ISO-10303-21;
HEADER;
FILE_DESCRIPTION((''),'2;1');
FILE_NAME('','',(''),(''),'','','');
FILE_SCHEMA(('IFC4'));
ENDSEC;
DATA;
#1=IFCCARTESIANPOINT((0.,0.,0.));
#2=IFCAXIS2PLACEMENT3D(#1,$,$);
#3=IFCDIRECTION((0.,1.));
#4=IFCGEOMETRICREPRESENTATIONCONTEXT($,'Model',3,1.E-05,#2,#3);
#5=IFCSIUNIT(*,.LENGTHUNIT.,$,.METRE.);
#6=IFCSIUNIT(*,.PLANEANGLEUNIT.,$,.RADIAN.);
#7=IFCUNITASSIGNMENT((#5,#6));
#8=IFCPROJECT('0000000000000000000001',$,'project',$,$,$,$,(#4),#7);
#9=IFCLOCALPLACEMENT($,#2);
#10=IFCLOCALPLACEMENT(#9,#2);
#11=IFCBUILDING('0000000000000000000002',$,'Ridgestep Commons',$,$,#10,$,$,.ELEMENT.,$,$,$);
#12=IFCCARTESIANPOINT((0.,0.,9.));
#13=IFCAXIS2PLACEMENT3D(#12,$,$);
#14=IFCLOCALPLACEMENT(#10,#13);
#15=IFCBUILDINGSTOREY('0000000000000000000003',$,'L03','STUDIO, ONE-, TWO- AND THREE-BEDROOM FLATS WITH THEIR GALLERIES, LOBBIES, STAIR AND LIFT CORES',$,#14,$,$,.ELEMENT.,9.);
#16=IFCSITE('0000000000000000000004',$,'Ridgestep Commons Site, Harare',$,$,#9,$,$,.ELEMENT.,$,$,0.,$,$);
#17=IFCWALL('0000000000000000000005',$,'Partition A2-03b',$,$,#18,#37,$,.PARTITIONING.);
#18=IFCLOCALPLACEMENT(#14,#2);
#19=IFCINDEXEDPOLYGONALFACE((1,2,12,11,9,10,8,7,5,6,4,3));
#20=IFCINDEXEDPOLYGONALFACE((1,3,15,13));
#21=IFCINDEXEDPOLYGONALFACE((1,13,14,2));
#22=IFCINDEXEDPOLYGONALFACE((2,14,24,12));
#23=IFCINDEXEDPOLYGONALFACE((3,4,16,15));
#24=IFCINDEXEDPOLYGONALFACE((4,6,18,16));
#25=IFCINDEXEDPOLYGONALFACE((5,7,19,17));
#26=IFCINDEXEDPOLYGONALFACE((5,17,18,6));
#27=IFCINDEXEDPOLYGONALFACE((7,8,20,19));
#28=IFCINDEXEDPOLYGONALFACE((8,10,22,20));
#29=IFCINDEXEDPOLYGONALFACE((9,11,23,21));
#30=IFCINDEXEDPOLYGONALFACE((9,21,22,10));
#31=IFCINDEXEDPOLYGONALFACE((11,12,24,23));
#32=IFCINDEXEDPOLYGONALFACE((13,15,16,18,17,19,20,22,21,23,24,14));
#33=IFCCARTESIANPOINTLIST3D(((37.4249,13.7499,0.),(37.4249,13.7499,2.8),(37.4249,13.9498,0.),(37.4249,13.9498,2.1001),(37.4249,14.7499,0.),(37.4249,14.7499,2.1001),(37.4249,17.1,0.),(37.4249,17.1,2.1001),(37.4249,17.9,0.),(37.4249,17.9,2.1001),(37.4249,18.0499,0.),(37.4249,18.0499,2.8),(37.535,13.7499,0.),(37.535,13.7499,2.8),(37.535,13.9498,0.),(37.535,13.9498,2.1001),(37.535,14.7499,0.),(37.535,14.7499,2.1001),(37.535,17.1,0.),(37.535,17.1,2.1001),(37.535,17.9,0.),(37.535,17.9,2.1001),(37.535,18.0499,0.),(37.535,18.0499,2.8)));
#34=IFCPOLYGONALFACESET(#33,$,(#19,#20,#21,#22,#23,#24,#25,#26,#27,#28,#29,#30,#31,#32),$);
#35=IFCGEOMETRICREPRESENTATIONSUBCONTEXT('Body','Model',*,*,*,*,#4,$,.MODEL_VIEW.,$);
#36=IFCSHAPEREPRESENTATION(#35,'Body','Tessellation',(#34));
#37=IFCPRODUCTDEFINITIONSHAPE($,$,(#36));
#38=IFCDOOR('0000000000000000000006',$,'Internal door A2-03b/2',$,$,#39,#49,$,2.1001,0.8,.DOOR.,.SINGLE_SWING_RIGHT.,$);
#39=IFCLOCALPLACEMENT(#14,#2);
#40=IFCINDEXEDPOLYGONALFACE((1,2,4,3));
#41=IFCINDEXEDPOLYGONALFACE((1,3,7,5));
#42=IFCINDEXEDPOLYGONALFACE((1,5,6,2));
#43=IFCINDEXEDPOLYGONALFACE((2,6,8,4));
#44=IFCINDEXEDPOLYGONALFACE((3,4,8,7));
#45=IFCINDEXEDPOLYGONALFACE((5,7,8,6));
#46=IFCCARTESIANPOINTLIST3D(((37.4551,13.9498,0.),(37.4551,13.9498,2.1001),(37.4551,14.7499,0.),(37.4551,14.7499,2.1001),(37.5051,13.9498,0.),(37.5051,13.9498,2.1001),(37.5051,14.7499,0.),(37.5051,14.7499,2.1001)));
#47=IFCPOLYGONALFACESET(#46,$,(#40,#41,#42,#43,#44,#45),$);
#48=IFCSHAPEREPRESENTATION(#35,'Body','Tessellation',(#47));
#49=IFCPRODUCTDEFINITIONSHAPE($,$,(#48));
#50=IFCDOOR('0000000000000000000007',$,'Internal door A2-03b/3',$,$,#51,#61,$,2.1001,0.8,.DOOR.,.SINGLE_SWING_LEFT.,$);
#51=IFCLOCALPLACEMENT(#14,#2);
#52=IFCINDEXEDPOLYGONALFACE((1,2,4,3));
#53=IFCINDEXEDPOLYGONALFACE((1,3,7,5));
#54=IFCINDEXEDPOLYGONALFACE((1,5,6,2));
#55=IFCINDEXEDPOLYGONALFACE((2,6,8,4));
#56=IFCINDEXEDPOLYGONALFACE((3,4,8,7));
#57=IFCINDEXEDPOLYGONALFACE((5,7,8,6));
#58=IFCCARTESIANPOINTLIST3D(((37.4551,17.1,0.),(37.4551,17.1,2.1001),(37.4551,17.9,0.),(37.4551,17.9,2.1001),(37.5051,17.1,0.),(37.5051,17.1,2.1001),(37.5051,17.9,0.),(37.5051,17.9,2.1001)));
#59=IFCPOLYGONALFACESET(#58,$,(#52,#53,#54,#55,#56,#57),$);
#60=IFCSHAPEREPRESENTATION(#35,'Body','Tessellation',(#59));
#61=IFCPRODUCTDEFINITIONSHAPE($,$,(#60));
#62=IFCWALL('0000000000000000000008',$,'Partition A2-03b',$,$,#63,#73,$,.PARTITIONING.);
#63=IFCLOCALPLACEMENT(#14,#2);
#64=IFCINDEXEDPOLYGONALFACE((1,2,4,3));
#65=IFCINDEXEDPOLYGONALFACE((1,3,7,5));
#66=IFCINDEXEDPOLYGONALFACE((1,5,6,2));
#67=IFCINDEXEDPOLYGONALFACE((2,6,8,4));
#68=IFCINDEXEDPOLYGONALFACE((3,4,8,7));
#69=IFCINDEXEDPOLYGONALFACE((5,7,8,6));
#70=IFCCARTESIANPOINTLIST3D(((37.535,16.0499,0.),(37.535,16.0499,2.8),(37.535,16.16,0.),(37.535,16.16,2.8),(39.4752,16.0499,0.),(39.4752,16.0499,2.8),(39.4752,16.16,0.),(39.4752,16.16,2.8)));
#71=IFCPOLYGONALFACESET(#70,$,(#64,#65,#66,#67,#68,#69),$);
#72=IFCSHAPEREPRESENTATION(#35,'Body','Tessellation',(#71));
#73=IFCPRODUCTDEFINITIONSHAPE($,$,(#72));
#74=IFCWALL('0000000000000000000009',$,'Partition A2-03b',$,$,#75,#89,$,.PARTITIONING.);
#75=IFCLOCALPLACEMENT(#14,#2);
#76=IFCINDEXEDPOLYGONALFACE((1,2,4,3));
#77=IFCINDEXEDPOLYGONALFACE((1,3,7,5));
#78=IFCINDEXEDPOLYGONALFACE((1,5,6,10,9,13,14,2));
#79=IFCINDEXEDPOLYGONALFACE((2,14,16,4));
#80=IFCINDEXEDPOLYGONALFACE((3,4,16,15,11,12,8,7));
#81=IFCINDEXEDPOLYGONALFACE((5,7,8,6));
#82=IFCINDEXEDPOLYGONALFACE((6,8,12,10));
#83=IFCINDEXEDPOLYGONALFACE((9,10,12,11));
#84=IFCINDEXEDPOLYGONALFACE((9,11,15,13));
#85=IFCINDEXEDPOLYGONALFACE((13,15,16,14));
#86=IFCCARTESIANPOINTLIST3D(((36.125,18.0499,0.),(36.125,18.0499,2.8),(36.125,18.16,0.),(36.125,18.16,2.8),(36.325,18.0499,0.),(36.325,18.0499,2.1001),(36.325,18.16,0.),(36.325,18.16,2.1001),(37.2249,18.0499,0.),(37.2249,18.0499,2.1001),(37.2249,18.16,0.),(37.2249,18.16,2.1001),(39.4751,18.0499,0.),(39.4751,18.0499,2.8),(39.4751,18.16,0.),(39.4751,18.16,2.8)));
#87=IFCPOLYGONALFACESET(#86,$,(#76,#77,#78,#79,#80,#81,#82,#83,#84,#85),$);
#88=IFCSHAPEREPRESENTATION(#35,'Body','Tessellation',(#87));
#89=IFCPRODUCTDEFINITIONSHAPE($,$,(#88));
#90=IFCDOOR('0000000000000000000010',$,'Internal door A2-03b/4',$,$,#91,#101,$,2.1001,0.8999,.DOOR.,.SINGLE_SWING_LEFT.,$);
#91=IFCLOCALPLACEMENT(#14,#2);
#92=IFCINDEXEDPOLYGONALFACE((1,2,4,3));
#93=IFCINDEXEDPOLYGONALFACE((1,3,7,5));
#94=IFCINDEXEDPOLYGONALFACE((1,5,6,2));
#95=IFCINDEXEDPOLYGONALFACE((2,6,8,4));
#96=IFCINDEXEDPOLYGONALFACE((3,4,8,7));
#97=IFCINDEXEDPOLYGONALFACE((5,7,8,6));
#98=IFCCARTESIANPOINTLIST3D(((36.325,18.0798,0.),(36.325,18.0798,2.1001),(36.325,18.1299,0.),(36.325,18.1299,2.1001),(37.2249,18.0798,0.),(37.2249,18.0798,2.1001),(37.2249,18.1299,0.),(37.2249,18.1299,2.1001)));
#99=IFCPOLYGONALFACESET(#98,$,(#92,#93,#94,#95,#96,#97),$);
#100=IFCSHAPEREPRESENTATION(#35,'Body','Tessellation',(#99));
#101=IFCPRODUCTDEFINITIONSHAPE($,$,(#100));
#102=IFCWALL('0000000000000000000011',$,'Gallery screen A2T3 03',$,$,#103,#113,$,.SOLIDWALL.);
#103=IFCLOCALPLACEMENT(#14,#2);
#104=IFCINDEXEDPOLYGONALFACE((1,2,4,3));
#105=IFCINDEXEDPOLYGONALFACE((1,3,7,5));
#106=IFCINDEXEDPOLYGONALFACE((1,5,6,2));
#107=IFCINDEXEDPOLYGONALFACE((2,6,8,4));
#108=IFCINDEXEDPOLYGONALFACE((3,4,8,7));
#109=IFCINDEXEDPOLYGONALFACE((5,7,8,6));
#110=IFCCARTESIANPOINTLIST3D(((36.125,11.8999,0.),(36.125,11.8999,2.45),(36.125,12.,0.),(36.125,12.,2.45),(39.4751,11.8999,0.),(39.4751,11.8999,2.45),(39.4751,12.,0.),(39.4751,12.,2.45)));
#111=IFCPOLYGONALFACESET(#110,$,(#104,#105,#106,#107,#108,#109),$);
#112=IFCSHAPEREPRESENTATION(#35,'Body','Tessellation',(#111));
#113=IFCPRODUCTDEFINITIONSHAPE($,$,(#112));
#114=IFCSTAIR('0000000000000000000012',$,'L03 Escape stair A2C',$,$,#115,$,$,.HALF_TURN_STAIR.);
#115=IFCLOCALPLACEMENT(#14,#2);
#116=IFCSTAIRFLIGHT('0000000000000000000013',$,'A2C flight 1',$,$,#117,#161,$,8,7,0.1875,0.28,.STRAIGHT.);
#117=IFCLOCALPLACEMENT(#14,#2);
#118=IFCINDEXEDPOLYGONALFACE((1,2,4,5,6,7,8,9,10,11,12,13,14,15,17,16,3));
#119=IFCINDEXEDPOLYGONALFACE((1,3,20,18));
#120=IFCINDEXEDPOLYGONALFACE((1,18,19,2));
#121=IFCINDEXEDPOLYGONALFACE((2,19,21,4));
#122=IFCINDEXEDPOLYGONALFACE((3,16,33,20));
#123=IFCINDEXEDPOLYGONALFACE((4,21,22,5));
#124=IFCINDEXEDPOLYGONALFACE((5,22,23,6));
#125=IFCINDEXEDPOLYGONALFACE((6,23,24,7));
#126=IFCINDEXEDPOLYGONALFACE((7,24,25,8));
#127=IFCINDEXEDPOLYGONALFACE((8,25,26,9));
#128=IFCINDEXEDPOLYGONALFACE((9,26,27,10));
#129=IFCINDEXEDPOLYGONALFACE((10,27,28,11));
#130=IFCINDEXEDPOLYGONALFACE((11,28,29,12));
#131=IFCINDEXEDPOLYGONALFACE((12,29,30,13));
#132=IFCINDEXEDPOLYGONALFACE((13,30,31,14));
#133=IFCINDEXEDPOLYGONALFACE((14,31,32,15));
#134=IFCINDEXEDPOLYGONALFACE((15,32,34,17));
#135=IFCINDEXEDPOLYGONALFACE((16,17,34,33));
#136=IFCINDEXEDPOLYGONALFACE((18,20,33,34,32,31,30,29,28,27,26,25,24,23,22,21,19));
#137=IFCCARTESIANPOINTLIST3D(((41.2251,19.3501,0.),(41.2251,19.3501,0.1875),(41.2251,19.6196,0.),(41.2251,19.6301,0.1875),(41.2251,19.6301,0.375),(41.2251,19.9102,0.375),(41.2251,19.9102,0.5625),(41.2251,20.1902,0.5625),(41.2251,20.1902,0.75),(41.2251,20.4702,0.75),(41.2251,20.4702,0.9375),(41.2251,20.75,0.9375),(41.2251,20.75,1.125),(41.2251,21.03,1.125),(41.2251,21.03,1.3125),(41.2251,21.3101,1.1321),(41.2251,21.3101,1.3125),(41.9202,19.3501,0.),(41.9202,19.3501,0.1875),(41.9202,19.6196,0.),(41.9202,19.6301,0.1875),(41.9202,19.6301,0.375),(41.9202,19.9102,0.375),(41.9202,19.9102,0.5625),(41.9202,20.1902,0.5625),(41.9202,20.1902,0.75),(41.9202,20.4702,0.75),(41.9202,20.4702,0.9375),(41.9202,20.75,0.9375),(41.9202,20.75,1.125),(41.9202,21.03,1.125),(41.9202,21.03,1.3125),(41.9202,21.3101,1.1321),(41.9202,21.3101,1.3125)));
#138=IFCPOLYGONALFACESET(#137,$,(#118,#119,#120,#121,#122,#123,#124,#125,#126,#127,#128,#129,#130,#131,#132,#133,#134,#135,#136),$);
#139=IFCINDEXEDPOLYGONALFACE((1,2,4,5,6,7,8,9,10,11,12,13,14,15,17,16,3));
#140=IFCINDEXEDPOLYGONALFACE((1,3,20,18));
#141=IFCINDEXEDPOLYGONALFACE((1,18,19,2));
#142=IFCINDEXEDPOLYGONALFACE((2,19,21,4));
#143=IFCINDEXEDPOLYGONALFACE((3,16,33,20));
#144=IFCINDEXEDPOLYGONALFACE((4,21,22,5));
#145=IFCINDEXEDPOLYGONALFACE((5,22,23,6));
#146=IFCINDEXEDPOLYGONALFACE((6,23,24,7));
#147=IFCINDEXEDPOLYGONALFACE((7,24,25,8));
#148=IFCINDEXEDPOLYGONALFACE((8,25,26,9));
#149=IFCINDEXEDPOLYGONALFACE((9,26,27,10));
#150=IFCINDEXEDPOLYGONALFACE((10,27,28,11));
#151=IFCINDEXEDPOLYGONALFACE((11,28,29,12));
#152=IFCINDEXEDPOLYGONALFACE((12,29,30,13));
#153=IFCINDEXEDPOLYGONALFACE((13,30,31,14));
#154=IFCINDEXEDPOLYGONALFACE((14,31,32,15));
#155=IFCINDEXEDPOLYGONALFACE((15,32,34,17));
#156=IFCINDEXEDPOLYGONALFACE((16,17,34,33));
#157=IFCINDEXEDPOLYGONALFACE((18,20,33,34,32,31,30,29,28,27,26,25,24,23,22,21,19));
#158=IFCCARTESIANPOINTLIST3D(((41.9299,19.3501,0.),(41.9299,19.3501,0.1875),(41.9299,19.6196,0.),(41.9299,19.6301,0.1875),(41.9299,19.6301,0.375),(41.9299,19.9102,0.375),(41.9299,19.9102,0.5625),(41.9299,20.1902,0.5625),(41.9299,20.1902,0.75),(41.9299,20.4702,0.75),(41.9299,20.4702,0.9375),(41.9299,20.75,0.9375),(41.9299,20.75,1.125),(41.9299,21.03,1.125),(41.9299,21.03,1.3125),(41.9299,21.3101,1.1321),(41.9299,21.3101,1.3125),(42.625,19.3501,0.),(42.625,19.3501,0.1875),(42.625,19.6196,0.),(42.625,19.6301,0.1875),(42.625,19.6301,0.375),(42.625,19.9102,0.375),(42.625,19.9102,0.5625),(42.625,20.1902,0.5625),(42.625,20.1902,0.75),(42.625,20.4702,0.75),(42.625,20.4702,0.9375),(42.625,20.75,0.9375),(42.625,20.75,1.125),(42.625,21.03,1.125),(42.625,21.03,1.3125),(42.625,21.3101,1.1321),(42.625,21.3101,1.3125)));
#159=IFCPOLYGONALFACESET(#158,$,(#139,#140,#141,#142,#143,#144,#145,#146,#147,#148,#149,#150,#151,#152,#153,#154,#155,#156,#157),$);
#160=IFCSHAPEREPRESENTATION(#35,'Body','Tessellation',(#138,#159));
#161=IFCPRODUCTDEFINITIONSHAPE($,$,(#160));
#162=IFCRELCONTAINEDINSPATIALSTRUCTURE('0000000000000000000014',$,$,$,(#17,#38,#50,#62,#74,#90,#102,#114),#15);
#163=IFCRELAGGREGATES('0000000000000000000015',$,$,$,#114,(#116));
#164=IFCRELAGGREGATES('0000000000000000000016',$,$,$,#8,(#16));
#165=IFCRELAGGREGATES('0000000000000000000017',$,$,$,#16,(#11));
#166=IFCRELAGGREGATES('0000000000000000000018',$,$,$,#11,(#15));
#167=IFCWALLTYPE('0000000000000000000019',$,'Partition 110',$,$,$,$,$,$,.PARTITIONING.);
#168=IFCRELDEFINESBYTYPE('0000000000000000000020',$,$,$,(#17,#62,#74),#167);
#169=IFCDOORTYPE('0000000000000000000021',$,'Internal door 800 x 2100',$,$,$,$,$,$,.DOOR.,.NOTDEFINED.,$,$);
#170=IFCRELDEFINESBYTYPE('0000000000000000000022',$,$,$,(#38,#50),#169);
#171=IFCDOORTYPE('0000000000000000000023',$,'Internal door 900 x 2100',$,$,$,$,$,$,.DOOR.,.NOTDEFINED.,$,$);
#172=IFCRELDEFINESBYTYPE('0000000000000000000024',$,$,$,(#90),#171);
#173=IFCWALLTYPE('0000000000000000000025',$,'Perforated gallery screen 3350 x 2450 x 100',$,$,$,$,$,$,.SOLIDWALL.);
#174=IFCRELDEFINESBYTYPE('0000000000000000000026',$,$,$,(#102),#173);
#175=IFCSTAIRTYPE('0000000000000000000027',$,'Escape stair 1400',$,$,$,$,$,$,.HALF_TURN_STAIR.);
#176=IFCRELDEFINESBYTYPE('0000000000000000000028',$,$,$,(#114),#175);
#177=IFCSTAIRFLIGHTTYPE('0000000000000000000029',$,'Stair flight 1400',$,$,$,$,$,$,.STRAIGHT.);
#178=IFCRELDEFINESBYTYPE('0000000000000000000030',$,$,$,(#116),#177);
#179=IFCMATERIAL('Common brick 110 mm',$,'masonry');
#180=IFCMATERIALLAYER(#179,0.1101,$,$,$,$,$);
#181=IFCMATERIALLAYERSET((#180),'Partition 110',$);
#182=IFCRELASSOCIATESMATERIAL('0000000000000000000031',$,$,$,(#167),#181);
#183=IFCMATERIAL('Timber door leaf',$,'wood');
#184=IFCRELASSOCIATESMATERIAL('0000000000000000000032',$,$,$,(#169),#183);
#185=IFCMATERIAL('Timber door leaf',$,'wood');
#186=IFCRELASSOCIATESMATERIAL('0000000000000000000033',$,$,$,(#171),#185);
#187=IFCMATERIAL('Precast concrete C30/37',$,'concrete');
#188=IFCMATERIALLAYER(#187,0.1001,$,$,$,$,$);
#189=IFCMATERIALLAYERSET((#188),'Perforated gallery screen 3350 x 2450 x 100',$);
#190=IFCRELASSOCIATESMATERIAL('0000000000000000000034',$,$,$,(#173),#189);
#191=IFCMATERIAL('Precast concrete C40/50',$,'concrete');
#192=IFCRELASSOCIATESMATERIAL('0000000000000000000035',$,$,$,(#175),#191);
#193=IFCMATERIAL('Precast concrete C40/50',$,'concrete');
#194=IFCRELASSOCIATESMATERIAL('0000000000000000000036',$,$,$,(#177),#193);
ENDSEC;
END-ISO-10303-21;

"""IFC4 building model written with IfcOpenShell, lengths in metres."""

from ifc_helpers import new_model, si_unit, direction, frame, frame_2d, origin, place, context, subcontext, project, spatial, polyline, rectangle, outline, extrude, material, layer, layer_set, type_object, element, fill, aggregate, save


model = new_model("IFC4")

# Units and contexts
model_context = context("Model", 3, precision=1e-05, world=origin(), true_north=direction((0.0, 1.0)))
body_context = subcontext(model_context, "Body", "Model", "MODEL_VIEW")
ifc_project = project(units=[si_unit("LENGTHUNIT", "METRE"), si_unit("PLANEANGLEUNIT", "RADIAN")], contexts=[model_context])

# Site, building, storey
site_placement = place(None, origin())
site = spatial("IfcSite", under=ifc_project, at=site_placement, Name="Ridgestep Commons Site, Harare", CompositionType="ELEMENT", RefElevation=0.0)
building_placement = place(site_placement, origin())
building = spatial("IfcBuilding", under=site, at=building_placement, Name="Ridgestep Commons", CompositionType="ELEMENT")
storey_placement = place(building_placement, frame((0.0, 0.0, 9.0)))
storey = spatial("IfcBuildingStorey", under=building, at=storey_placement, Name="L03", Description="STUDIO, ONE-, TWO- AND THREE-BEDROOM FLATS WITH THEIR GALLERIES, LOBBIES, STAIR AND LIFT CORES", CompositionType="ELEMENT", Elevation=9.0)

# Wall, openings, doors
ifc_material_1 = material(Name="Common brick 110 mm", Category="masonry")
ifc_layer_1 = layer(ifc_material_1, 0.1101)
ifc_layer_set_1 = layer_set([ifc_layer_1], Name="Partition 110")
wall_type_1 = type_object("IfcWallType", Name="Partition 110", PredefinedType="PARTITIONING", material=ifc_layer_set_1)
wall_1_placement = place(storey_placement, frame((37.48, 13.75, 0.0), z_axis=(0.0, 0.0, 1.0), x_axis=(0.0, 1.0, 0.0)))
wall_1 = element("IfcWall", 1, at=wall_1_placement, inside=storey, type_object=wall_type_1, Name="Partition A2-03b", PredefinedType="PARTITIONING", context=body_context, shape_type="SweptSolid", body=[
    extrude(rectangle(XDim=4.3, YDim=0.1101, at=frame_2d((2.1499, 0.0))), origin(), (0.0, 0.0, 1.0), 2.8),
])
opening_1_placement = place(wall_1_placement, frame((0.2, 0.0, 0.0)))
opening_1 = element("IfcOpeningElement", 2, at=opening_1_placement, cuts=wall_1, PredefinedType="OPENING", context=body_context, shape_type="SweptSolid", body=[
    extrude(rectangle(XDim=0.8, YDim=2.1001, at=frame_2d((0.3999, 1.05))), frame((0.0, 0.0649, 0.0), z_axis=(0.0, -1.0, 0.0), x_axis=(1.0, 0.0, 0.0)), (0.0, 0.0, 1.0), 0.1301),
])
opening_2_placement = place(wall_1_placement, frame((3.3501, 0.0, 0.0)))
opening_2 = element("IfcOpeningElement", 3, at=opening_2_placement, cuts=wall_1, PredefinedType="OPENING", context=body_context, shape_type="SweptSolid", body=[
    extrude(rectangle(XDim=0.8, YDim=2.1001, at=frame_2d((0.3999, 1.05))), frame((0.0, 0.0649, 0.0), z_axis=(0.0, -1.0, 0.0), x_axis=(1.0, 0.0, 0.0)), (0.0, 0.0, 1.0), 0.1301),
])
ifc_material_2 = material(Name="Timber door leaf", Category="wood")
door_type_1 = type_object("IfcDoorType", Name="Internal door 800 x 2100", OperationType="NOTDEFINED", PredefinedType="DOOR", material=ifc_material_2)
door_1_placement = place(opening_1_placement, origin())
door_1 = element("IfcDoor", 4, at=door_1_placement, inside=storey, type_object=door_type_1, Name="Internal door A2-03b/2", OperationType="SINGLE_SWING_RIGHT", OverallHeight=2.1001, OverallWidth=0.8, PredefinedType="DOOR", context=body_context, shape_type="SweptSolid", body=[
    extrude(rectangle(XDim=0.8, YDim=2.1001, at=frame_2d((0.3999, 1.05))), frame((0.0, 0.0249, 0.0), z_axis=(0.0, -1.0, 0.0), x_axis=(1.0, 0.0, 0.0)), (0.0, 0.0, 1.0), 0.05),
])
fill(opening_1, door_1)
door_2_placement = place(opening_2_placement, origin())
door_2 = element("IfcDoor", 5, at=door_2_placement, inside=storey, type_object=door_type_1, Name="Internal door A2-03b/3", OperationType="SINGLE_SWING_LEFT", OverallHeight=2.1001, OverallWidth=0.8, PredefinedType="DOOR", context=body_context, shape_type="SweptSolid", body=[
    extrude(rectangle(XDim=0.8, YDim=2.1001, at=frame_2d((0.3999, 1.05))), frame((0.0, 0.0249, 0.0), z_axis=(0.0, -1.0, 0.0), x_axis=(1.0, 0.0, 0.0)), (0.0, 0.0, 1.0), 0.05),
])
fill(opening_2, door_2)

# Wall
wall_2_placement = place(storey_placement, frame((37.5349, 16.105, 0.0), z_axis=(0.0, 0.0, 1.0), x_axis=(1.0, 0.0, 0.0)))
element("IfcWall", 6, at=wall_2_placement, inside=storey, type_object=wall_type_1, Name="Partition A2-03b", PredefinedType="PARTITIONING", context=body_context, shape_type="SweptSolid", body=[
    extrude(rectangle(XDim=1.9402, YDim=0.1101, at=frame_2d((0.9702, 0.0))), origin(), (0.0, 0.0, 1.0), 2.8),
])

# Wall, opening, door
wall_3_placement = place(storey_placement, frame((36.125, 18.105, 0.0), z_axis=(0.0, 0.0, 1.0), x_axis=(1.0, 0.0, 0.0)))
wall_3 = element("IfcWall", 7, at=wall_3_placement, inside=storey, type_object=wall_type_1, Name="Partition A2-03b", PredefinedType="PARTITIONING", context=body_context, shape_type="SweptSolid", body=[
    extrude(rectangle(XDim=3.3501, YDim=0.1101, at=frame_2d((1.675, 0.0))), origin(), (0.0, 0.0, 1.0), 2.8),
])
opening_3_placement = place(wall_3_placement, frame((0.2, 0.0, 0.0)))
opening_3 = element("IfcOpeningElement", 8, at=opening_3_placement, cuts=wall_3, PredefinedType="OPENING", context=body_context, shape_type="SweptSolid", body=[
    extrude(rectangle(XDim=0.8999, YDim=2.1001, at=frame_2d((0.45, 1.05))), frame((0.0, 0.0649, 0.0), z_axis=(0.0, -1.0, 0.0), x_axis=(1.0, 0.0, 0.0)), (0.0, 0.0, 1.0), 0.1301),
])
ifc_material_3 = material(Name="Timber door leaf", Category="wood")
door_type_2 = type_object("IfcDoorType", Name="Internal door 900 x 2100", OperationType="NOTDEFINED", PredefinedType="DOOR", material=ifc_material_3)
door_3_placement = place(opening_3_placement, origin())
door_3 = element("IfcDoor", 9, at=door_3_placement, inside=storey, type_object=door_type_2, Name="Internal door A2-03b/4", OperationType="SINGLE_SWING_LEFT", OverallHeight=2.1001, OverallWidth=0.8999, PredefinedType="DOOR", context=body_context, shape_type="SweptSolid", body=[
    extrude(rectangle(XDim=0.8999, YDim=2.1001, at=frame_2d((0.45, 1.05))), frame((0.0, 0.0249, 0.0), z_axis=(0.0, -1.0, 0.0), x_axis=(1.0, 0.0, 0.0)), (0.0, 0.0, 1.0), 0.05),
])
fill(opening_3, door_3)

# Wall
ifc_material_4 = material(Name="Precast concrete C30/37", Category="concrete")
ifc_layer_2 = layer(ifc_material_4, 0.1001)
ifc_layer_set_2 = layer_set([ifc_layer_2], Name="Perforated gallery screen 3350 x 2450 x 100")
wall_type_2 = type_object("IfcWallType", Name="Perforated gallery screen 3350 x 2450 x 100", PredefinedType="SOLIDWALL", material=ifc_layer_set_2)
wall_4_placement = place(storey_placement, frame((36.125, 11.95, 0.0), z_axis=(0.0, 0.0, 1.0), x_axis=(1.0, 0.0, 0.0)))
element("IfcWall", 10, at=wall_4_placement, inside=storey, type_object=wall_type_2, Name="Gallery screen A2T3 03", PredefinedType="SOLIDWALL", context=body_context, shape_type="SweptSolid", body=[
    extrude(rectangle(XDim=3.3501, YDim=0.1001, at=frame_2d((1.675, 0.0))), origin(), (0.0, 0.0, 1.0), 2.45),
])

# Stair, stair flight
ifc_material_5 = material(Name="Precast concrete C40/50", Category="concrete")
stair_type = type_object("IfcStairType", Name="Escape stair 1400", PredefinedType="HALF_TURN_STAIR", material=ifc_material_5)
stair_placement = place(storey_placement, origin())
stair = element("IfcStair", 11, at=stair_placement, inside=storey, type_object=stair_type, Name="L03 Escape stair A2C", PredefinedType="HALF_TURN_STAIR")
ifc_material_6 = material(Name="Precast concrete C40/50", Category="concrete")
stair_flight_type = type_object("IfcStairFlightType", Name="Stair flight 1400", PredefinedType="STRAIGHT", material=ifc_material_6)
stair_flight_placement = place(storey_placement, frame((41.925, 19.3501, 0.0), z_axis=(0.0, 0.0, 1.0), x_axis=(0.0, 1.0, 0.0)))
stair_flight = element("IfcStairFlight", 12, at=stair_flight_placement, type_object=stair_flight_type, Name="A2C flight 1", NumberOfRisers=8, NumberOfTreads=7, PredefinedType="STRAIGHT", RiserHeight=0.1875, TreadLength=0.28, context=body_context, shape_type="SweptSolid", body=[
    extrude(outline(polyline([(0.0, 0.0), (0.0, 0.1875), (0.28, 0.1875), (0.28, 0.375), (0.5601, 0.375), (0.5601, 0.5625), (0.8401, 0.5625), (0.8401, 0.75), (1.1201, 0.75), (1.1201, 0.9375), (1.3999, 0.9375), (1.3999, 1.125), (1.6799, 1.125), (1.6799, 1.3125), (1.96, 1.3125), (1.96, 1.5), (1.96, 1.1321), (0.2695, 0.0), (0.0, 0.0)])), frame((0.0, 0.7, 0.0), z_axis=(0.0, -1.0, 0.0), x_axis=(1.0, 0.0, 0.0)), (0.0, 0.0, 1.0), 0.6951),
    extrude(outline(polyline([(0.0, 0.0), (0.0, 0.1875), (0.28, 0.1875), (0.28, 0.375), (0.5601, 0.375), (0.5601, 0.5625), (0.8401, 0.5625), (0.8401, 0.75), (1.1201, 0.75), (1.1201, 0.9375), (1.3999, 0.9375), (1.3999, 1.125), (1.6799, 1.125), (1.6799, 1.3125), (1.96, 1.3125), (1.96, 1.5), (1.96, 1.1321), (0.2695, 0.0), (0.0, 0.0)])), frame((0.0, -0.0049, 0.0), z_axis=(0.0, -1.0, 0.0), x_axis=(1.0, 0.0, 0.0)), (0.0, 0.0, 1.0), 0.6951),
])
aggregate(stair, [stair_flight])

save(model, "model.ifc")
